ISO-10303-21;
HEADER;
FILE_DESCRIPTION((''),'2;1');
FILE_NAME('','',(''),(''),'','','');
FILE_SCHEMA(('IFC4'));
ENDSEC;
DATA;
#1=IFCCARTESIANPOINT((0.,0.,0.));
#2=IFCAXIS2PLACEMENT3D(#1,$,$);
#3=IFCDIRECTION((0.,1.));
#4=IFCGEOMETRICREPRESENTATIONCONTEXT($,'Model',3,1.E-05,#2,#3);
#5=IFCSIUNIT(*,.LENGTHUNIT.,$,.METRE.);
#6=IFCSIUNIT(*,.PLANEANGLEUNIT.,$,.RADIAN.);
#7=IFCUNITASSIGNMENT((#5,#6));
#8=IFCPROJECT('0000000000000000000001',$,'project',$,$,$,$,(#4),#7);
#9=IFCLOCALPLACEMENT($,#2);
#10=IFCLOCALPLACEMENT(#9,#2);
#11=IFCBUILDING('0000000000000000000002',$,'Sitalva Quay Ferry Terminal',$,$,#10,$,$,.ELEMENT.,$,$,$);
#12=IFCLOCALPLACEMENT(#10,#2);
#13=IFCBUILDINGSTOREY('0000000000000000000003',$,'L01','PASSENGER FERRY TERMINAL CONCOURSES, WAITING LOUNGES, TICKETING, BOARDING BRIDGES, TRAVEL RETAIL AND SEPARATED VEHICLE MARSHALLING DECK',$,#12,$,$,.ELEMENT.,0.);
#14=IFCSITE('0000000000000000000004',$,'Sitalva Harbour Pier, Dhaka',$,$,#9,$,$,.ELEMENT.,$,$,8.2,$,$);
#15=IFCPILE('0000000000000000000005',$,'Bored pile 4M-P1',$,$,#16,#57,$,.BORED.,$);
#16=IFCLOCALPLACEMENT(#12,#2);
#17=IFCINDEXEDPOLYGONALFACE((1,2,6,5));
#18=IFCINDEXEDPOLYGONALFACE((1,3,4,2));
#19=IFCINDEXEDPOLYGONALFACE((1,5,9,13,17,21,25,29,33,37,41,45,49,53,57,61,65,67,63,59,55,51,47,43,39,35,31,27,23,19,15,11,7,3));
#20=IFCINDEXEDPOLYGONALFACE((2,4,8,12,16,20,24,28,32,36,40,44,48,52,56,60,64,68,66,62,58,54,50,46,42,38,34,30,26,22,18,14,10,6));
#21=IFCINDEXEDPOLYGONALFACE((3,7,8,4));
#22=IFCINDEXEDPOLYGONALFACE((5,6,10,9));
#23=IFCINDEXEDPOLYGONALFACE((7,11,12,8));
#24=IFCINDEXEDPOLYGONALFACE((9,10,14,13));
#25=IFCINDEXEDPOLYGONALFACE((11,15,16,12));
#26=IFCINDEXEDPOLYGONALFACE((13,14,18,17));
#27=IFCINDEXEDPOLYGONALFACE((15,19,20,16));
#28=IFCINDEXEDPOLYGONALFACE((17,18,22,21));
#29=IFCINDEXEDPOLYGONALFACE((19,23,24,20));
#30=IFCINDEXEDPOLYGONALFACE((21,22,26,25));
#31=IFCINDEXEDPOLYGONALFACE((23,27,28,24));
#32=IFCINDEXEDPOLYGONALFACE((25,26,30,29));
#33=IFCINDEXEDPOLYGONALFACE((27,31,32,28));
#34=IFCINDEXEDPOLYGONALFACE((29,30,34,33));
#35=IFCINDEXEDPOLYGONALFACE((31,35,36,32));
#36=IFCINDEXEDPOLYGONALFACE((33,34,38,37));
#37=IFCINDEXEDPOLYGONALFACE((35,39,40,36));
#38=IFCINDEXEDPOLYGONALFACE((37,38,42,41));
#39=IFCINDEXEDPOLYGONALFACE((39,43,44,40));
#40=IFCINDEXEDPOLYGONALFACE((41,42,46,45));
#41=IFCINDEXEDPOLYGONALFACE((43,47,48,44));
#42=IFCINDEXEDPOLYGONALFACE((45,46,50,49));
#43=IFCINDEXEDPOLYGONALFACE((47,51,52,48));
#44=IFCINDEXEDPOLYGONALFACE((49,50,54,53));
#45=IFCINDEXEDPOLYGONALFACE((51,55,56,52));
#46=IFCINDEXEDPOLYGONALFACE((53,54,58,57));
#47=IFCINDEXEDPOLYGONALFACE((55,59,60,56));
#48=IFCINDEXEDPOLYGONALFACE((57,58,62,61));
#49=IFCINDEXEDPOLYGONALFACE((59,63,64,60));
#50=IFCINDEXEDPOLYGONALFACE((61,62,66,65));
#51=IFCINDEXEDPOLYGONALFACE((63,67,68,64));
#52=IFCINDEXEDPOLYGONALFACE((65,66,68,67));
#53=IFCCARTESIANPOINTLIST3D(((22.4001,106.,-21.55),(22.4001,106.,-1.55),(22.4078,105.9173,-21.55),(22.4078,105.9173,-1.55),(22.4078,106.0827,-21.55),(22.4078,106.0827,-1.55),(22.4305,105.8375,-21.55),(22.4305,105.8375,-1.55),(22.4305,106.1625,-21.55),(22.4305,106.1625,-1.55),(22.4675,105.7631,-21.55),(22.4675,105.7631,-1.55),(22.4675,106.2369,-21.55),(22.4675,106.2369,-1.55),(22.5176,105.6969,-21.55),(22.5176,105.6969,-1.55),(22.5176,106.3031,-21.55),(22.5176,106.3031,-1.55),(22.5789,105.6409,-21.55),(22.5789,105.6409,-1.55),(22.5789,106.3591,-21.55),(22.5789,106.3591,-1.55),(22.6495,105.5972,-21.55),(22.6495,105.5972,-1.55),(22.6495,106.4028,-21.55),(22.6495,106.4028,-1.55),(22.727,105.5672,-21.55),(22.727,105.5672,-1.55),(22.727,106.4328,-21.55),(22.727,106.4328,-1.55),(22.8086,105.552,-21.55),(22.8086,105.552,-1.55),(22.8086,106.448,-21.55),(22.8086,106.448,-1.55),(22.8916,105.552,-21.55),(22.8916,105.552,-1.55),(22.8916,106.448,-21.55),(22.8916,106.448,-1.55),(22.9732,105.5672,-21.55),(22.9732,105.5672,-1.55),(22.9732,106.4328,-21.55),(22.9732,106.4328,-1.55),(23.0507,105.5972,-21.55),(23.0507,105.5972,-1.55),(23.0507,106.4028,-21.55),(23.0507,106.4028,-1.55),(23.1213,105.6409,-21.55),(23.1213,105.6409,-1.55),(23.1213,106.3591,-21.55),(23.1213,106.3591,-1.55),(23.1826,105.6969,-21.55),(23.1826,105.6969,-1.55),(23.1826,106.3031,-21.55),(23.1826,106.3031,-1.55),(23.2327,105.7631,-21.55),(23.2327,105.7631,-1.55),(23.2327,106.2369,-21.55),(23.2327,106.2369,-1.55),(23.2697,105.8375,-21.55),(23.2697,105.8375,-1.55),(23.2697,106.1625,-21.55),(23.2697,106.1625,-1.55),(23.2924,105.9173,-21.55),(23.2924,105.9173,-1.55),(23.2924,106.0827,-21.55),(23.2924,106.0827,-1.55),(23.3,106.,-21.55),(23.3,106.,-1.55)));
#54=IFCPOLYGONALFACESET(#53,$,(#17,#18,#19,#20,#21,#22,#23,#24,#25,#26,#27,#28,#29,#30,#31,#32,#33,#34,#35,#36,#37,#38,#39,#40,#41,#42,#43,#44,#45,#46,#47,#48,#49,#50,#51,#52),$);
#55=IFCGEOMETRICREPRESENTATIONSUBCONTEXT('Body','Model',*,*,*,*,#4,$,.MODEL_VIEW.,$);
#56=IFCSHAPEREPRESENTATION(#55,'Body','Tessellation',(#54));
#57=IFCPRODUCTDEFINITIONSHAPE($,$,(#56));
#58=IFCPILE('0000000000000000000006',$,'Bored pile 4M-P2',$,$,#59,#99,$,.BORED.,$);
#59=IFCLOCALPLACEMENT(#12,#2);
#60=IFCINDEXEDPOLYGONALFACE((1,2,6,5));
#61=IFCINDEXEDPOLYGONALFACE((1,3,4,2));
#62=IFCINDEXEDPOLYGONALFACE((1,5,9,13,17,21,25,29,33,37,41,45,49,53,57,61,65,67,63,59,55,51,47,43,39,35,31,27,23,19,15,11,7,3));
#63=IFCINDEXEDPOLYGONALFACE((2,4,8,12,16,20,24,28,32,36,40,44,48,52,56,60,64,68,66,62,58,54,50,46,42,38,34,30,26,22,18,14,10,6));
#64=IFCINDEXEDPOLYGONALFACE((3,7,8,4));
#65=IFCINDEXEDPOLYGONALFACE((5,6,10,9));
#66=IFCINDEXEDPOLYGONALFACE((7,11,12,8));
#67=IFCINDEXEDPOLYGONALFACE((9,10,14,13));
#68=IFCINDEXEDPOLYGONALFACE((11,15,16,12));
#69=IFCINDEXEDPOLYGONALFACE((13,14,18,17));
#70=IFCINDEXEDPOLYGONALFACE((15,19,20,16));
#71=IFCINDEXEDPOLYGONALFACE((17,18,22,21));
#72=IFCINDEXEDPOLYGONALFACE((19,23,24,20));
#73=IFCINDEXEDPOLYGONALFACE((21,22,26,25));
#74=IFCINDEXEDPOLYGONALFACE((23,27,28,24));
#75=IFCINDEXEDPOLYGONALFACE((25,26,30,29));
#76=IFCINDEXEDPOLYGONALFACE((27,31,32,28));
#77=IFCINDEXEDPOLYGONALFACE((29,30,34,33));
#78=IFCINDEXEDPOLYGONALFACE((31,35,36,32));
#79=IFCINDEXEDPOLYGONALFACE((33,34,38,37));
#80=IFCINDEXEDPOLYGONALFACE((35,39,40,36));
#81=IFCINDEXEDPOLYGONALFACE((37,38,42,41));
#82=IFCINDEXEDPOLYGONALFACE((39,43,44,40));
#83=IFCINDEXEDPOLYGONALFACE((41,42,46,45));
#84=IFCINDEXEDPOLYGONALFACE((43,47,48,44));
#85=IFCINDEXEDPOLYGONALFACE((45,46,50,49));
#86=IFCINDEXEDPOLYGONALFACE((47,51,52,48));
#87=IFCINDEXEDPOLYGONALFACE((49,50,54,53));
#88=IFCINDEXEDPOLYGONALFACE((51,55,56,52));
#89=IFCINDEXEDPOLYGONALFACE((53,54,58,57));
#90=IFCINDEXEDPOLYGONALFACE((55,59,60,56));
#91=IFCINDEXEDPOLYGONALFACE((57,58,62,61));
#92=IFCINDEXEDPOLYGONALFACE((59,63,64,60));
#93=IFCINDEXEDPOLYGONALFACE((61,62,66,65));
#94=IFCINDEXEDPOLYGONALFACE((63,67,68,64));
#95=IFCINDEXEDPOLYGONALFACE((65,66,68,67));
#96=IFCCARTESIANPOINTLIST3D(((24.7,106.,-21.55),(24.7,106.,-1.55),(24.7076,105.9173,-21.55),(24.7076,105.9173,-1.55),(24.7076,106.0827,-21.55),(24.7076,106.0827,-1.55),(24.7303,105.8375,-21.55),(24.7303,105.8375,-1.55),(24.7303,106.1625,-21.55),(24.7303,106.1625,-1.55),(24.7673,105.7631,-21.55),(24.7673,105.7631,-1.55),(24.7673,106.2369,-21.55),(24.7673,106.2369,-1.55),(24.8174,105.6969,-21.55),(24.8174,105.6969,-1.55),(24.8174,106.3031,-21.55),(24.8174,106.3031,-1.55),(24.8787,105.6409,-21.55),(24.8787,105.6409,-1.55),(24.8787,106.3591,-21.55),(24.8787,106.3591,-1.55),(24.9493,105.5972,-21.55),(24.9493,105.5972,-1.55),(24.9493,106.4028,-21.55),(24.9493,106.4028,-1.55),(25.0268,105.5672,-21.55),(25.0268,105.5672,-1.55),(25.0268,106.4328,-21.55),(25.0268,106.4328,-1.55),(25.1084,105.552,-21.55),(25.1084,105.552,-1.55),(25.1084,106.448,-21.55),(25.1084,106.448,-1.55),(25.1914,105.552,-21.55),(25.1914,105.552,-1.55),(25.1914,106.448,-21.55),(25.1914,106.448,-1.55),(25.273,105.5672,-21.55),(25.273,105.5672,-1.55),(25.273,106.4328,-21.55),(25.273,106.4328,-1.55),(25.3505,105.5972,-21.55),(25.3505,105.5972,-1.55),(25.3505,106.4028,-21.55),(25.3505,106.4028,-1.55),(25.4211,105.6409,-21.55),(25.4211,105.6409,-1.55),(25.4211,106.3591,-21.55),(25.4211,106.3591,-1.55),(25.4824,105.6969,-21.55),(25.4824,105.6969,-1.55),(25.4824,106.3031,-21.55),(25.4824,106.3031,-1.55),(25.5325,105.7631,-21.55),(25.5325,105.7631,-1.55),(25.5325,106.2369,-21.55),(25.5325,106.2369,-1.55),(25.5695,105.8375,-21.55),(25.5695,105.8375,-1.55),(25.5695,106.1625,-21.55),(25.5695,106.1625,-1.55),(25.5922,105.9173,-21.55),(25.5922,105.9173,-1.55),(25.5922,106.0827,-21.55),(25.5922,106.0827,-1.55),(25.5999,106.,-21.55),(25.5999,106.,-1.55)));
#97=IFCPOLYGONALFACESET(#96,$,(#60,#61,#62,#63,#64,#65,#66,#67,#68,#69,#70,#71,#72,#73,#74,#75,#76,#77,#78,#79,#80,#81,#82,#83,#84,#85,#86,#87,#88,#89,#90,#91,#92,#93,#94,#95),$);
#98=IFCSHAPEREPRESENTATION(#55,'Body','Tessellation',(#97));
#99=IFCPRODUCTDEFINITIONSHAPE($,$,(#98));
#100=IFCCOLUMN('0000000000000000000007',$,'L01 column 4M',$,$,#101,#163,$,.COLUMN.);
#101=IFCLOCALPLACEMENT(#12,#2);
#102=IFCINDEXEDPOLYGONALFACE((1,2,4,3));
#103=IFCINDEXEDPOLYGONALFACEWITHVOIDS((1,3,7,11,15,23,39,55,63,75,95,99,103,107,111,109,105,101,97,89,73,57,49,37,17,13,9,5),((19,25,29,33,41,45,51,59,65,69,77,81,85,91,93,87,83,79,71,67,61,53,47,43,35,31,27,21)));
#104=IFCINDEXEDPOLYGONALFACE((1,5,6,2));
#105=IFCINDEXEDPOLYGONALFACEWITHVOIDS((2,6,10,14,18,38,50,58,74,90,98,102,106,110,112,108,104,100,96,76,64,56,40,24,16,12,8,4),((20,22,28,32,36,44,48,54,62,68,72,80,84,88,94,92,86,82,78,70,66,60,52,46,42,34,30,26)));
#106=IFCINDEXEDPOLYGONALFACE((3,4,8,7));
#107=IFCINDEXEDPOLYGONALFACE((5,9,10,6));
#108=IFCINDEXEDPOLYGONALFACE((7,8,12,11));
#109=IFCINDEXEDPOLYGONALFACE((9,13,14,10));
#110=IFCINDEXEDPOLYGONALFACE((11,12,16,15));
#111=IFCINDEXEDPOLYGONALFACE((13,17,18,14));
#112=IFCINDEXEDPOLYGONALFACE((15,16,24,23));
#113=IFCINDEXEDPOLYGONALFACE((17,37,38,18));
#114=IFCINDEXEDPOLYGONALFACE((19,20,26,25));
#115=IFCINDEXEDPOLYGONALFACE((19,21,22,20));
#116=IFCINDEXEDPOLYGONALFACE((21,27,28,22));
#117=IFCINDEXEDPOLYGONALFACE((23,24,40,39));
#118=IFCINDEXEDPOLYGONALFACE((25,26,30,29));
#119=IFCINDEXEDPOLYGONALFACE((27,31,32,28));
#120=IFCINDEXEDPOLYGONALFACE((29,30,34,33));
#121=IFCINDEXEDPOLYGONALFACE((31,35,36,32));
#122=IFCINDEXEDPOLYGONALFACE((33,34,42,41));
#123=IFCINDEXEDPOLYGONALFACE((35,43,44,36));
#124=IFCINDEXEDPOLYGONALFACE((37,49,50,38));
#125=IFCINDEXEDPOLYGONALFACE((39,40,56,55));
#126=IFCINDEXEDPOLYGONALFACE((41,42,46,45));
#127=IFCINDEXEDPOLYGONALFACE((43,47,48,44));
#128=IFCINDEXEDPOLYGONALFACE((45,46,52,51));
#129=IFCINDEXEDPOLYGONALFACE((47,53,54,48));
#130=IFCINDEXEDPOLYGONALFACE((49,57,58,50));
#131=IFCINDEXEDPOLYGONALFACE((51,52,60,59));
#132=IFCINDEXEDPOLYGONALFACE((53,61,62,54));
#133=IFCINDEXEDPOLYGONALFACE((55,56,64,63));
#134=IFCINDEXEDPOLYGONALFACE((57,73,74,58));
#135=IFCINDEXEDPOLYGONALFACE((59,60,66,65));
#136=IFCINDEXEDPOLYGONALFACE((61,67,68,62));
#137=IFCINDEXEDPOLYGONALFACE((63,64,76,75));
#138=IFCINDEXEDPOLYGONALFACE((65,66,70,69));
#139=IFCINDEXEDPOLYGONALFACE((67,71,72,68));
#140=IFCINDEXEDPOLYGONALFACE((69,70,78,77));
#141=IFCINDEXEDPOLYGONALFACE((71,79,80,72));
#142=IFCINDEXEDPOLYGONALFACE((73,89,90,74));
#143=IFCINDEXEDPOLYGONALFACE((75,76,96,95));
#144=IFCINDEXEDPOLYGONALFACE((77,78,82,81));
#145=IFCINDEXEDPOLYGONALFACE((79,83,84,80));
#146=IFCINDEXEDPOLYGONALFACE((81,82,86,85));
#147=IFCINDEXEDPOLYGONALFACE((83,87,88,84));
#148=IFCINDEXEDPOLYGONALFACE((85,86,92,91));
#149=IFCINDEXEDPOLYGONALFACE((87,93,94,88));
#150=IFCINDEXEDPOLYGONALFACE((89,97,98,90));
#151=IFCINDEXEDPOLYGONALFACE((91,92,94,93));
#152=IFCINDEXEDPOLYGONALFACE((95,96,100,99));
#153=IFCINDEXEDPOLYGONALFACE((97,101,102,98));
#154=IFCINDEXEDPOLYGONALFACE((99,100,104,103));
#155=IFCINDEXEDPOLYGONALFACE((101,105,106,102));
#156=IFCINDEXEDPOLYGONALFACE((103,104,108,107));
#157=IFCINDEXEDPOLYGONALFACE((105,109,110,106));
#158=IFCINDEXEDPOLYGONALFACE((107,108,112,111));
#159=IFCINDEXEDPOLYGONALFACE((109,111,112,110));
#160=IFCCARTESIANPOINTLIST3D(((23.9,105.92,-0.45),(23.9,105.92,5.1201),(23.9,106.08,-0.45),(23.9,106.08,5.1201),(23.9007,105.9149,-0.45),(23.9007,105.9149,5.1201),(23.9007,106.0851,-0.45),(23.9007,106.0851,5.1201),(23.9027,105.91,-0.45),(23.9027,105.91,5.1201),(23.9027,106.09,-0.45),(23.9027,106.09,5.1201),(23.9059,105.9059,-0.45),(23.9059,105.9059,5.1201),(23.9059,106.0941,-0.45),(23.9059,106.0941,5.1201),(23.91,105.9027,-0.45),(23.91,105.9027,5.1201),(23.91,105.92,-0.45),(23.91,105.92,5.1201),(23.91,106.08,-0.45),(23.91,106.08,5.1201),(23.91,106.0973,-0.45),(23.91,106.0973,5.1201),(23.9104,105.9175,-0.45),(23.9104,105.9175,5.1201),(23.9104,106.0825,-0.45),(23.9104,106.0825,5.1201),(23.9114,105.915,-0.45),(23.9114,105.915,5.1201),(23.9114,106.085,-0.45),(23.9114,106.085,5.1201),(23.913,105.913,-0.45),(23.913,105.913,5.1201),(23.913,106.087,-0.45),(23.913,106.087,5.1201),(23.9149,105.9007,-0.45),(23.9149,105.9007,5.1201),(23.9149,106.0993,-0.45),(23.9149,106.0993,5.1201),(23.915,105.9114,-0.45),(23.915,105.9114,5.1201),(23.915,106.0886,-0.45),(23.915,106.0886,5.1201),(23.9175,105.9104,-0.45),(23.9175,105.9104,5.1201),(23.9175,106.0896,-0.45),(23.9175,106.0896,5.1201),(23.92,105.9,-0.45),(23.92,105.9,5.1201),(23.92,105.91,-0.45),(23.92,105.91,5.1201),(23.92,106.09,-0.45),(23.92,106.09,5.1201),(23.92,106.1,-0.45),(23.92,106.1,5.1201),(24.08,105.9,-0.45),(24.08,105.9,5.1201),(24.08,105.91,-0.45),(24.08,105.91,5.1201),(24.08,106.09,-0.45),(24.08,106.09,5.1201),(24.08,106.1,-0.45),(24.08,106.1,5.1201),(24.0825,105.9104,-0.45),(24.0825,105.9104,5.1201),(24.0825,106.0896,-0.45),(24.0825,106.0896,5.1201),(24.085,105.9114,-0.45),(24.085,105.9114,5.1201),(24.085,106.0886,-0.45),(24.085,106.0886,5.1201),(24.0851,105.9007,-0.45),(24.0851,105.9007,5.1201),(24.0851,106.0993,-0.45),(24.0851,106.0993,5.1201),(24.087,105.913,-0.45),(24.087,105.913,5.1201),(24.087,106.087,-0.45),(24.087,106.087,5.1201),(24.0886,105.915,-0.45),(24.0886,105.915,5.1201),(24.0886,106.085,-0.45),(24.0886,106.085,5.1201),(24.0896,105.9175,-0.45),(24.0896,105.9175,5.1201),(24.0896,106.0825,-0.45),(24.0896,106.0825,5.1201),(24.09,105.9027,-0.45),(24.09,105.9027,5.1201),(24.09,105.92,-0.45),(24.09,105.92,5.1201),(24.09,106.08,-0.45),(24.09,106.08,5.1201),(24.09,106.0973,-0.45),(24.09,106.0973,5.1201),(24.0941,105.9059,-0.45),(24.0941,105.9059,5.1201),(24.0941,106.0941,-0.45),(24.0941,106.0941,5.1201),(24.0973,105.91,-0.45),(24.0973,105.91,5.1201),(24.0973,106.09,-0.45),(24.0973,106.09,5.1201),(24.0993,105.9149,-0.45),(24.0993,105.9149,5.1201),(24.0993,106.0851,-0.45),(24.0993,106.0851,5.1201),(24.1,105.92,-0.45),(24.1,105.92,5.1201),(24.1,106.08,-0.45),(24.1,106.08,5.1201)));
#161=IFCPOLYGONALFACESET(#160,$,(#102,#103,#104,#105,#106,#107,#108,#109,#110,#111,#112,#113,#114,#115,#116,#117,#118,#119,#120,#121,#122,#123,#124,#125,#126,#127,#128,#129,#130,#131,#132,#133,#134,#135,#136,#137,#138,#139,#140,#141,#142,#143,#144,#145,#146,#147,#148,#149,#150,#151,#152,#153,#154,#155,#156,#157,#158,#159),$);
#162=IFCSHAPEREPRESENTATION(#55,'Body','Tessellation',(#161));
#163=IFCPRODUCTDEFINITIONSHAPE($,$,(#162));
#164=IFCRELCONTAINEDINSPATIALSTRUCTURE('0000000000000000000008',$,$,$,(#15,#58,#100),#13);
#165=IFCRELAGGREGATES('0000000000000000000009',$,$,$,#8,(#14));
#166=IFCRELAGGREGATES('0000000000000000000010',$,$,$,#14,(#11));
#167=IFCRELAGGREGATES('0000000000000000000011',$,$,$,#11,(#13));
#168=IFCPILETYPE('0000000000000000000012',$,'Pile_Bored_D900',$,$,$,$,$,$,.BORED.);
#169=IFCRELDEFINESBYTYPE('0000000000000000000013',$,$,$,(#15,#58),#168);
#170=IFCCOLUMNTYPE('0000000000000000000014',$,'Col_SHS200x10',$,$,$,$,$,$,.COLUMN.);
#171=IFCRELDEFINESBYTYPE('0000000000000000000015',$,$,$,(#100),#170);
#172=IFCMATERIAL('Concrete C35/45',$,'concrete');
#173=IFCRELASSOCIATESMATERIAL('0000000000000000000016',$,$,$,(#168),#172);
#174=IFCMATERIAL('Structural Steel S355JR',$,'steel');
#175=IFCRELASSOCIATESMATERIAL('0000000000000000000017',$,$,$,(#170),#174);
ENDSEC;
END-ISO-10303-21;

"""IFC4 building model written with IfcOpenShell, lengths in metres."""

from ifc_helpers import new_model, si_unit, direction, frame, origin, origin_2d, place, context, subcontext, project, spatial, hollow_rectangle, circle, extrude, material, material_profile, profile_set, type_object, element, save


model = new_model("IFC4")

# Units and contexts
model_context = context("Model", 3, precision=1e-05, world=origin(), true_north=direction((0.0, 1.0)))
body_context = subcontext(model_context, "Body", "Model", "MODEL_VIEW")
ifc_project = project(units=[si_unit("LENGTHUNIT", "METRE"), si_unit("PLANEANGLEUNIT", "RADIAN")], contexts=[model_context])

# Site, building, storey
site_placement = place(None, origin())
site = spatial("IfcSite", under=ifc_project, at=site_placement, Name="Sitalva Harbour Pier, Dhaka", CompositionType="ELEMENT", RefElevation=8.2)
building_placement = place(site_placement, origin())
building = spatial("IfcBuilding", under=site, at=building_placement, Name="Sitalva Quay Ferry Terminal", CompositionType="ELEMENT")
storey_placement = place(building_placement, origin())
storey = spatial("IfcBuildingStorey", under=building, at=storey_placement, Name="L01", Description="PASSENGER FERRY TERMINAL CONCOURSES, WAITING LOUNGES, TICKETING, BOARDING BRIDGES, TRAVEL RETAIL AND SEPARATED VEHICLE MARSHALLING DECK", CompositionType="ELEMENT", Elevation=0.0)

# Piles
ifc_material_1 = material(Name="Concrete C35/45", Category="concrete")
ifc_material_profile_1 = material_profile(ifc_material_1, circle(Radius=0.45, at=origin_2d()), Name="PILE-D900")
ifc_profile_set_1 = profile_set([ifc_material_profile_1], Name="Concrete C35/45")
pile_type = type_object("IfcPileType", Name="Pile_Bored_D900", PredefinedType="BORED", material=ifc_profile_set_1)
for number, where, z_axis, x_axis, name in (
    (1, (22.8501, 106.0, -1.55), (0.0, 0.0, -1.0), (1.0, 0.0, 0.0), "Bored pile 4M-P1"),
    (2, (25.1499, 106.0, -1.55), (0.0, 0.0, -1.0), (1.0, 0.0, 0.0), "Bored pile 4M-P2"),
):
    element("IfcPile", number, at=place(storey_placement, frame(where, z_axis=z_axis, x_axis=x_axis)), inside=storey, type_object=pile_type, Name=name, PredefinedType="BORED", context=body_context, shape_type="SweptSolid", body=[
        extrude(circle(Radius=0.45, at=origin_2d()), origin(), (0.0, 0.0, 1.0), 20.0),
    ])

# Column
ifc_material_2 = material(Name="Structural Steel S355JR", Category="steel")
ifc_material_profile_2 = material_profile(ifc_material_2, hollow_rectangle(XDim=0.2, YDim=0.2, WallThickness=0.01, InnerFilletRadius=0.01, OuterFilletRadius=0.02, at=origin_2d()), Name="SHS200x200x10")
ifc_profile_set_2 = profile_set([ifc_material_profile_2], Name="Structural Steel S355JR")
column_type_1 = type_object("IfcColumnType", Name="Col_SHS200x10", PredefinedType="COLUMN", material=ifc_profile_set_2)
column_placement = place(storey_placement, frame((24.0, 106.0, -0.45), z_axis=(0.0, 0.0, 1.0), x_axis=(1.0, 0.0, 0.0)))
element("IfcColumn", 3, at=column_placement, inside=storey, type_object=column_type_1, Name="L01 column 4M", PredefinedType="COLUMN", context=body_context, shape_type="SweptSolid", body=[
    extrude(hollow_rectangle(XDim=0.2, YDim=0.2, WallThickness=0.01, InnerFilletRadius=0.01, OuterFilletRadius=0.02, at=origin_2d()), origin(), (0.0, 0.0, 1.0), 5.5701),
])

save(model, "model.ifc")
